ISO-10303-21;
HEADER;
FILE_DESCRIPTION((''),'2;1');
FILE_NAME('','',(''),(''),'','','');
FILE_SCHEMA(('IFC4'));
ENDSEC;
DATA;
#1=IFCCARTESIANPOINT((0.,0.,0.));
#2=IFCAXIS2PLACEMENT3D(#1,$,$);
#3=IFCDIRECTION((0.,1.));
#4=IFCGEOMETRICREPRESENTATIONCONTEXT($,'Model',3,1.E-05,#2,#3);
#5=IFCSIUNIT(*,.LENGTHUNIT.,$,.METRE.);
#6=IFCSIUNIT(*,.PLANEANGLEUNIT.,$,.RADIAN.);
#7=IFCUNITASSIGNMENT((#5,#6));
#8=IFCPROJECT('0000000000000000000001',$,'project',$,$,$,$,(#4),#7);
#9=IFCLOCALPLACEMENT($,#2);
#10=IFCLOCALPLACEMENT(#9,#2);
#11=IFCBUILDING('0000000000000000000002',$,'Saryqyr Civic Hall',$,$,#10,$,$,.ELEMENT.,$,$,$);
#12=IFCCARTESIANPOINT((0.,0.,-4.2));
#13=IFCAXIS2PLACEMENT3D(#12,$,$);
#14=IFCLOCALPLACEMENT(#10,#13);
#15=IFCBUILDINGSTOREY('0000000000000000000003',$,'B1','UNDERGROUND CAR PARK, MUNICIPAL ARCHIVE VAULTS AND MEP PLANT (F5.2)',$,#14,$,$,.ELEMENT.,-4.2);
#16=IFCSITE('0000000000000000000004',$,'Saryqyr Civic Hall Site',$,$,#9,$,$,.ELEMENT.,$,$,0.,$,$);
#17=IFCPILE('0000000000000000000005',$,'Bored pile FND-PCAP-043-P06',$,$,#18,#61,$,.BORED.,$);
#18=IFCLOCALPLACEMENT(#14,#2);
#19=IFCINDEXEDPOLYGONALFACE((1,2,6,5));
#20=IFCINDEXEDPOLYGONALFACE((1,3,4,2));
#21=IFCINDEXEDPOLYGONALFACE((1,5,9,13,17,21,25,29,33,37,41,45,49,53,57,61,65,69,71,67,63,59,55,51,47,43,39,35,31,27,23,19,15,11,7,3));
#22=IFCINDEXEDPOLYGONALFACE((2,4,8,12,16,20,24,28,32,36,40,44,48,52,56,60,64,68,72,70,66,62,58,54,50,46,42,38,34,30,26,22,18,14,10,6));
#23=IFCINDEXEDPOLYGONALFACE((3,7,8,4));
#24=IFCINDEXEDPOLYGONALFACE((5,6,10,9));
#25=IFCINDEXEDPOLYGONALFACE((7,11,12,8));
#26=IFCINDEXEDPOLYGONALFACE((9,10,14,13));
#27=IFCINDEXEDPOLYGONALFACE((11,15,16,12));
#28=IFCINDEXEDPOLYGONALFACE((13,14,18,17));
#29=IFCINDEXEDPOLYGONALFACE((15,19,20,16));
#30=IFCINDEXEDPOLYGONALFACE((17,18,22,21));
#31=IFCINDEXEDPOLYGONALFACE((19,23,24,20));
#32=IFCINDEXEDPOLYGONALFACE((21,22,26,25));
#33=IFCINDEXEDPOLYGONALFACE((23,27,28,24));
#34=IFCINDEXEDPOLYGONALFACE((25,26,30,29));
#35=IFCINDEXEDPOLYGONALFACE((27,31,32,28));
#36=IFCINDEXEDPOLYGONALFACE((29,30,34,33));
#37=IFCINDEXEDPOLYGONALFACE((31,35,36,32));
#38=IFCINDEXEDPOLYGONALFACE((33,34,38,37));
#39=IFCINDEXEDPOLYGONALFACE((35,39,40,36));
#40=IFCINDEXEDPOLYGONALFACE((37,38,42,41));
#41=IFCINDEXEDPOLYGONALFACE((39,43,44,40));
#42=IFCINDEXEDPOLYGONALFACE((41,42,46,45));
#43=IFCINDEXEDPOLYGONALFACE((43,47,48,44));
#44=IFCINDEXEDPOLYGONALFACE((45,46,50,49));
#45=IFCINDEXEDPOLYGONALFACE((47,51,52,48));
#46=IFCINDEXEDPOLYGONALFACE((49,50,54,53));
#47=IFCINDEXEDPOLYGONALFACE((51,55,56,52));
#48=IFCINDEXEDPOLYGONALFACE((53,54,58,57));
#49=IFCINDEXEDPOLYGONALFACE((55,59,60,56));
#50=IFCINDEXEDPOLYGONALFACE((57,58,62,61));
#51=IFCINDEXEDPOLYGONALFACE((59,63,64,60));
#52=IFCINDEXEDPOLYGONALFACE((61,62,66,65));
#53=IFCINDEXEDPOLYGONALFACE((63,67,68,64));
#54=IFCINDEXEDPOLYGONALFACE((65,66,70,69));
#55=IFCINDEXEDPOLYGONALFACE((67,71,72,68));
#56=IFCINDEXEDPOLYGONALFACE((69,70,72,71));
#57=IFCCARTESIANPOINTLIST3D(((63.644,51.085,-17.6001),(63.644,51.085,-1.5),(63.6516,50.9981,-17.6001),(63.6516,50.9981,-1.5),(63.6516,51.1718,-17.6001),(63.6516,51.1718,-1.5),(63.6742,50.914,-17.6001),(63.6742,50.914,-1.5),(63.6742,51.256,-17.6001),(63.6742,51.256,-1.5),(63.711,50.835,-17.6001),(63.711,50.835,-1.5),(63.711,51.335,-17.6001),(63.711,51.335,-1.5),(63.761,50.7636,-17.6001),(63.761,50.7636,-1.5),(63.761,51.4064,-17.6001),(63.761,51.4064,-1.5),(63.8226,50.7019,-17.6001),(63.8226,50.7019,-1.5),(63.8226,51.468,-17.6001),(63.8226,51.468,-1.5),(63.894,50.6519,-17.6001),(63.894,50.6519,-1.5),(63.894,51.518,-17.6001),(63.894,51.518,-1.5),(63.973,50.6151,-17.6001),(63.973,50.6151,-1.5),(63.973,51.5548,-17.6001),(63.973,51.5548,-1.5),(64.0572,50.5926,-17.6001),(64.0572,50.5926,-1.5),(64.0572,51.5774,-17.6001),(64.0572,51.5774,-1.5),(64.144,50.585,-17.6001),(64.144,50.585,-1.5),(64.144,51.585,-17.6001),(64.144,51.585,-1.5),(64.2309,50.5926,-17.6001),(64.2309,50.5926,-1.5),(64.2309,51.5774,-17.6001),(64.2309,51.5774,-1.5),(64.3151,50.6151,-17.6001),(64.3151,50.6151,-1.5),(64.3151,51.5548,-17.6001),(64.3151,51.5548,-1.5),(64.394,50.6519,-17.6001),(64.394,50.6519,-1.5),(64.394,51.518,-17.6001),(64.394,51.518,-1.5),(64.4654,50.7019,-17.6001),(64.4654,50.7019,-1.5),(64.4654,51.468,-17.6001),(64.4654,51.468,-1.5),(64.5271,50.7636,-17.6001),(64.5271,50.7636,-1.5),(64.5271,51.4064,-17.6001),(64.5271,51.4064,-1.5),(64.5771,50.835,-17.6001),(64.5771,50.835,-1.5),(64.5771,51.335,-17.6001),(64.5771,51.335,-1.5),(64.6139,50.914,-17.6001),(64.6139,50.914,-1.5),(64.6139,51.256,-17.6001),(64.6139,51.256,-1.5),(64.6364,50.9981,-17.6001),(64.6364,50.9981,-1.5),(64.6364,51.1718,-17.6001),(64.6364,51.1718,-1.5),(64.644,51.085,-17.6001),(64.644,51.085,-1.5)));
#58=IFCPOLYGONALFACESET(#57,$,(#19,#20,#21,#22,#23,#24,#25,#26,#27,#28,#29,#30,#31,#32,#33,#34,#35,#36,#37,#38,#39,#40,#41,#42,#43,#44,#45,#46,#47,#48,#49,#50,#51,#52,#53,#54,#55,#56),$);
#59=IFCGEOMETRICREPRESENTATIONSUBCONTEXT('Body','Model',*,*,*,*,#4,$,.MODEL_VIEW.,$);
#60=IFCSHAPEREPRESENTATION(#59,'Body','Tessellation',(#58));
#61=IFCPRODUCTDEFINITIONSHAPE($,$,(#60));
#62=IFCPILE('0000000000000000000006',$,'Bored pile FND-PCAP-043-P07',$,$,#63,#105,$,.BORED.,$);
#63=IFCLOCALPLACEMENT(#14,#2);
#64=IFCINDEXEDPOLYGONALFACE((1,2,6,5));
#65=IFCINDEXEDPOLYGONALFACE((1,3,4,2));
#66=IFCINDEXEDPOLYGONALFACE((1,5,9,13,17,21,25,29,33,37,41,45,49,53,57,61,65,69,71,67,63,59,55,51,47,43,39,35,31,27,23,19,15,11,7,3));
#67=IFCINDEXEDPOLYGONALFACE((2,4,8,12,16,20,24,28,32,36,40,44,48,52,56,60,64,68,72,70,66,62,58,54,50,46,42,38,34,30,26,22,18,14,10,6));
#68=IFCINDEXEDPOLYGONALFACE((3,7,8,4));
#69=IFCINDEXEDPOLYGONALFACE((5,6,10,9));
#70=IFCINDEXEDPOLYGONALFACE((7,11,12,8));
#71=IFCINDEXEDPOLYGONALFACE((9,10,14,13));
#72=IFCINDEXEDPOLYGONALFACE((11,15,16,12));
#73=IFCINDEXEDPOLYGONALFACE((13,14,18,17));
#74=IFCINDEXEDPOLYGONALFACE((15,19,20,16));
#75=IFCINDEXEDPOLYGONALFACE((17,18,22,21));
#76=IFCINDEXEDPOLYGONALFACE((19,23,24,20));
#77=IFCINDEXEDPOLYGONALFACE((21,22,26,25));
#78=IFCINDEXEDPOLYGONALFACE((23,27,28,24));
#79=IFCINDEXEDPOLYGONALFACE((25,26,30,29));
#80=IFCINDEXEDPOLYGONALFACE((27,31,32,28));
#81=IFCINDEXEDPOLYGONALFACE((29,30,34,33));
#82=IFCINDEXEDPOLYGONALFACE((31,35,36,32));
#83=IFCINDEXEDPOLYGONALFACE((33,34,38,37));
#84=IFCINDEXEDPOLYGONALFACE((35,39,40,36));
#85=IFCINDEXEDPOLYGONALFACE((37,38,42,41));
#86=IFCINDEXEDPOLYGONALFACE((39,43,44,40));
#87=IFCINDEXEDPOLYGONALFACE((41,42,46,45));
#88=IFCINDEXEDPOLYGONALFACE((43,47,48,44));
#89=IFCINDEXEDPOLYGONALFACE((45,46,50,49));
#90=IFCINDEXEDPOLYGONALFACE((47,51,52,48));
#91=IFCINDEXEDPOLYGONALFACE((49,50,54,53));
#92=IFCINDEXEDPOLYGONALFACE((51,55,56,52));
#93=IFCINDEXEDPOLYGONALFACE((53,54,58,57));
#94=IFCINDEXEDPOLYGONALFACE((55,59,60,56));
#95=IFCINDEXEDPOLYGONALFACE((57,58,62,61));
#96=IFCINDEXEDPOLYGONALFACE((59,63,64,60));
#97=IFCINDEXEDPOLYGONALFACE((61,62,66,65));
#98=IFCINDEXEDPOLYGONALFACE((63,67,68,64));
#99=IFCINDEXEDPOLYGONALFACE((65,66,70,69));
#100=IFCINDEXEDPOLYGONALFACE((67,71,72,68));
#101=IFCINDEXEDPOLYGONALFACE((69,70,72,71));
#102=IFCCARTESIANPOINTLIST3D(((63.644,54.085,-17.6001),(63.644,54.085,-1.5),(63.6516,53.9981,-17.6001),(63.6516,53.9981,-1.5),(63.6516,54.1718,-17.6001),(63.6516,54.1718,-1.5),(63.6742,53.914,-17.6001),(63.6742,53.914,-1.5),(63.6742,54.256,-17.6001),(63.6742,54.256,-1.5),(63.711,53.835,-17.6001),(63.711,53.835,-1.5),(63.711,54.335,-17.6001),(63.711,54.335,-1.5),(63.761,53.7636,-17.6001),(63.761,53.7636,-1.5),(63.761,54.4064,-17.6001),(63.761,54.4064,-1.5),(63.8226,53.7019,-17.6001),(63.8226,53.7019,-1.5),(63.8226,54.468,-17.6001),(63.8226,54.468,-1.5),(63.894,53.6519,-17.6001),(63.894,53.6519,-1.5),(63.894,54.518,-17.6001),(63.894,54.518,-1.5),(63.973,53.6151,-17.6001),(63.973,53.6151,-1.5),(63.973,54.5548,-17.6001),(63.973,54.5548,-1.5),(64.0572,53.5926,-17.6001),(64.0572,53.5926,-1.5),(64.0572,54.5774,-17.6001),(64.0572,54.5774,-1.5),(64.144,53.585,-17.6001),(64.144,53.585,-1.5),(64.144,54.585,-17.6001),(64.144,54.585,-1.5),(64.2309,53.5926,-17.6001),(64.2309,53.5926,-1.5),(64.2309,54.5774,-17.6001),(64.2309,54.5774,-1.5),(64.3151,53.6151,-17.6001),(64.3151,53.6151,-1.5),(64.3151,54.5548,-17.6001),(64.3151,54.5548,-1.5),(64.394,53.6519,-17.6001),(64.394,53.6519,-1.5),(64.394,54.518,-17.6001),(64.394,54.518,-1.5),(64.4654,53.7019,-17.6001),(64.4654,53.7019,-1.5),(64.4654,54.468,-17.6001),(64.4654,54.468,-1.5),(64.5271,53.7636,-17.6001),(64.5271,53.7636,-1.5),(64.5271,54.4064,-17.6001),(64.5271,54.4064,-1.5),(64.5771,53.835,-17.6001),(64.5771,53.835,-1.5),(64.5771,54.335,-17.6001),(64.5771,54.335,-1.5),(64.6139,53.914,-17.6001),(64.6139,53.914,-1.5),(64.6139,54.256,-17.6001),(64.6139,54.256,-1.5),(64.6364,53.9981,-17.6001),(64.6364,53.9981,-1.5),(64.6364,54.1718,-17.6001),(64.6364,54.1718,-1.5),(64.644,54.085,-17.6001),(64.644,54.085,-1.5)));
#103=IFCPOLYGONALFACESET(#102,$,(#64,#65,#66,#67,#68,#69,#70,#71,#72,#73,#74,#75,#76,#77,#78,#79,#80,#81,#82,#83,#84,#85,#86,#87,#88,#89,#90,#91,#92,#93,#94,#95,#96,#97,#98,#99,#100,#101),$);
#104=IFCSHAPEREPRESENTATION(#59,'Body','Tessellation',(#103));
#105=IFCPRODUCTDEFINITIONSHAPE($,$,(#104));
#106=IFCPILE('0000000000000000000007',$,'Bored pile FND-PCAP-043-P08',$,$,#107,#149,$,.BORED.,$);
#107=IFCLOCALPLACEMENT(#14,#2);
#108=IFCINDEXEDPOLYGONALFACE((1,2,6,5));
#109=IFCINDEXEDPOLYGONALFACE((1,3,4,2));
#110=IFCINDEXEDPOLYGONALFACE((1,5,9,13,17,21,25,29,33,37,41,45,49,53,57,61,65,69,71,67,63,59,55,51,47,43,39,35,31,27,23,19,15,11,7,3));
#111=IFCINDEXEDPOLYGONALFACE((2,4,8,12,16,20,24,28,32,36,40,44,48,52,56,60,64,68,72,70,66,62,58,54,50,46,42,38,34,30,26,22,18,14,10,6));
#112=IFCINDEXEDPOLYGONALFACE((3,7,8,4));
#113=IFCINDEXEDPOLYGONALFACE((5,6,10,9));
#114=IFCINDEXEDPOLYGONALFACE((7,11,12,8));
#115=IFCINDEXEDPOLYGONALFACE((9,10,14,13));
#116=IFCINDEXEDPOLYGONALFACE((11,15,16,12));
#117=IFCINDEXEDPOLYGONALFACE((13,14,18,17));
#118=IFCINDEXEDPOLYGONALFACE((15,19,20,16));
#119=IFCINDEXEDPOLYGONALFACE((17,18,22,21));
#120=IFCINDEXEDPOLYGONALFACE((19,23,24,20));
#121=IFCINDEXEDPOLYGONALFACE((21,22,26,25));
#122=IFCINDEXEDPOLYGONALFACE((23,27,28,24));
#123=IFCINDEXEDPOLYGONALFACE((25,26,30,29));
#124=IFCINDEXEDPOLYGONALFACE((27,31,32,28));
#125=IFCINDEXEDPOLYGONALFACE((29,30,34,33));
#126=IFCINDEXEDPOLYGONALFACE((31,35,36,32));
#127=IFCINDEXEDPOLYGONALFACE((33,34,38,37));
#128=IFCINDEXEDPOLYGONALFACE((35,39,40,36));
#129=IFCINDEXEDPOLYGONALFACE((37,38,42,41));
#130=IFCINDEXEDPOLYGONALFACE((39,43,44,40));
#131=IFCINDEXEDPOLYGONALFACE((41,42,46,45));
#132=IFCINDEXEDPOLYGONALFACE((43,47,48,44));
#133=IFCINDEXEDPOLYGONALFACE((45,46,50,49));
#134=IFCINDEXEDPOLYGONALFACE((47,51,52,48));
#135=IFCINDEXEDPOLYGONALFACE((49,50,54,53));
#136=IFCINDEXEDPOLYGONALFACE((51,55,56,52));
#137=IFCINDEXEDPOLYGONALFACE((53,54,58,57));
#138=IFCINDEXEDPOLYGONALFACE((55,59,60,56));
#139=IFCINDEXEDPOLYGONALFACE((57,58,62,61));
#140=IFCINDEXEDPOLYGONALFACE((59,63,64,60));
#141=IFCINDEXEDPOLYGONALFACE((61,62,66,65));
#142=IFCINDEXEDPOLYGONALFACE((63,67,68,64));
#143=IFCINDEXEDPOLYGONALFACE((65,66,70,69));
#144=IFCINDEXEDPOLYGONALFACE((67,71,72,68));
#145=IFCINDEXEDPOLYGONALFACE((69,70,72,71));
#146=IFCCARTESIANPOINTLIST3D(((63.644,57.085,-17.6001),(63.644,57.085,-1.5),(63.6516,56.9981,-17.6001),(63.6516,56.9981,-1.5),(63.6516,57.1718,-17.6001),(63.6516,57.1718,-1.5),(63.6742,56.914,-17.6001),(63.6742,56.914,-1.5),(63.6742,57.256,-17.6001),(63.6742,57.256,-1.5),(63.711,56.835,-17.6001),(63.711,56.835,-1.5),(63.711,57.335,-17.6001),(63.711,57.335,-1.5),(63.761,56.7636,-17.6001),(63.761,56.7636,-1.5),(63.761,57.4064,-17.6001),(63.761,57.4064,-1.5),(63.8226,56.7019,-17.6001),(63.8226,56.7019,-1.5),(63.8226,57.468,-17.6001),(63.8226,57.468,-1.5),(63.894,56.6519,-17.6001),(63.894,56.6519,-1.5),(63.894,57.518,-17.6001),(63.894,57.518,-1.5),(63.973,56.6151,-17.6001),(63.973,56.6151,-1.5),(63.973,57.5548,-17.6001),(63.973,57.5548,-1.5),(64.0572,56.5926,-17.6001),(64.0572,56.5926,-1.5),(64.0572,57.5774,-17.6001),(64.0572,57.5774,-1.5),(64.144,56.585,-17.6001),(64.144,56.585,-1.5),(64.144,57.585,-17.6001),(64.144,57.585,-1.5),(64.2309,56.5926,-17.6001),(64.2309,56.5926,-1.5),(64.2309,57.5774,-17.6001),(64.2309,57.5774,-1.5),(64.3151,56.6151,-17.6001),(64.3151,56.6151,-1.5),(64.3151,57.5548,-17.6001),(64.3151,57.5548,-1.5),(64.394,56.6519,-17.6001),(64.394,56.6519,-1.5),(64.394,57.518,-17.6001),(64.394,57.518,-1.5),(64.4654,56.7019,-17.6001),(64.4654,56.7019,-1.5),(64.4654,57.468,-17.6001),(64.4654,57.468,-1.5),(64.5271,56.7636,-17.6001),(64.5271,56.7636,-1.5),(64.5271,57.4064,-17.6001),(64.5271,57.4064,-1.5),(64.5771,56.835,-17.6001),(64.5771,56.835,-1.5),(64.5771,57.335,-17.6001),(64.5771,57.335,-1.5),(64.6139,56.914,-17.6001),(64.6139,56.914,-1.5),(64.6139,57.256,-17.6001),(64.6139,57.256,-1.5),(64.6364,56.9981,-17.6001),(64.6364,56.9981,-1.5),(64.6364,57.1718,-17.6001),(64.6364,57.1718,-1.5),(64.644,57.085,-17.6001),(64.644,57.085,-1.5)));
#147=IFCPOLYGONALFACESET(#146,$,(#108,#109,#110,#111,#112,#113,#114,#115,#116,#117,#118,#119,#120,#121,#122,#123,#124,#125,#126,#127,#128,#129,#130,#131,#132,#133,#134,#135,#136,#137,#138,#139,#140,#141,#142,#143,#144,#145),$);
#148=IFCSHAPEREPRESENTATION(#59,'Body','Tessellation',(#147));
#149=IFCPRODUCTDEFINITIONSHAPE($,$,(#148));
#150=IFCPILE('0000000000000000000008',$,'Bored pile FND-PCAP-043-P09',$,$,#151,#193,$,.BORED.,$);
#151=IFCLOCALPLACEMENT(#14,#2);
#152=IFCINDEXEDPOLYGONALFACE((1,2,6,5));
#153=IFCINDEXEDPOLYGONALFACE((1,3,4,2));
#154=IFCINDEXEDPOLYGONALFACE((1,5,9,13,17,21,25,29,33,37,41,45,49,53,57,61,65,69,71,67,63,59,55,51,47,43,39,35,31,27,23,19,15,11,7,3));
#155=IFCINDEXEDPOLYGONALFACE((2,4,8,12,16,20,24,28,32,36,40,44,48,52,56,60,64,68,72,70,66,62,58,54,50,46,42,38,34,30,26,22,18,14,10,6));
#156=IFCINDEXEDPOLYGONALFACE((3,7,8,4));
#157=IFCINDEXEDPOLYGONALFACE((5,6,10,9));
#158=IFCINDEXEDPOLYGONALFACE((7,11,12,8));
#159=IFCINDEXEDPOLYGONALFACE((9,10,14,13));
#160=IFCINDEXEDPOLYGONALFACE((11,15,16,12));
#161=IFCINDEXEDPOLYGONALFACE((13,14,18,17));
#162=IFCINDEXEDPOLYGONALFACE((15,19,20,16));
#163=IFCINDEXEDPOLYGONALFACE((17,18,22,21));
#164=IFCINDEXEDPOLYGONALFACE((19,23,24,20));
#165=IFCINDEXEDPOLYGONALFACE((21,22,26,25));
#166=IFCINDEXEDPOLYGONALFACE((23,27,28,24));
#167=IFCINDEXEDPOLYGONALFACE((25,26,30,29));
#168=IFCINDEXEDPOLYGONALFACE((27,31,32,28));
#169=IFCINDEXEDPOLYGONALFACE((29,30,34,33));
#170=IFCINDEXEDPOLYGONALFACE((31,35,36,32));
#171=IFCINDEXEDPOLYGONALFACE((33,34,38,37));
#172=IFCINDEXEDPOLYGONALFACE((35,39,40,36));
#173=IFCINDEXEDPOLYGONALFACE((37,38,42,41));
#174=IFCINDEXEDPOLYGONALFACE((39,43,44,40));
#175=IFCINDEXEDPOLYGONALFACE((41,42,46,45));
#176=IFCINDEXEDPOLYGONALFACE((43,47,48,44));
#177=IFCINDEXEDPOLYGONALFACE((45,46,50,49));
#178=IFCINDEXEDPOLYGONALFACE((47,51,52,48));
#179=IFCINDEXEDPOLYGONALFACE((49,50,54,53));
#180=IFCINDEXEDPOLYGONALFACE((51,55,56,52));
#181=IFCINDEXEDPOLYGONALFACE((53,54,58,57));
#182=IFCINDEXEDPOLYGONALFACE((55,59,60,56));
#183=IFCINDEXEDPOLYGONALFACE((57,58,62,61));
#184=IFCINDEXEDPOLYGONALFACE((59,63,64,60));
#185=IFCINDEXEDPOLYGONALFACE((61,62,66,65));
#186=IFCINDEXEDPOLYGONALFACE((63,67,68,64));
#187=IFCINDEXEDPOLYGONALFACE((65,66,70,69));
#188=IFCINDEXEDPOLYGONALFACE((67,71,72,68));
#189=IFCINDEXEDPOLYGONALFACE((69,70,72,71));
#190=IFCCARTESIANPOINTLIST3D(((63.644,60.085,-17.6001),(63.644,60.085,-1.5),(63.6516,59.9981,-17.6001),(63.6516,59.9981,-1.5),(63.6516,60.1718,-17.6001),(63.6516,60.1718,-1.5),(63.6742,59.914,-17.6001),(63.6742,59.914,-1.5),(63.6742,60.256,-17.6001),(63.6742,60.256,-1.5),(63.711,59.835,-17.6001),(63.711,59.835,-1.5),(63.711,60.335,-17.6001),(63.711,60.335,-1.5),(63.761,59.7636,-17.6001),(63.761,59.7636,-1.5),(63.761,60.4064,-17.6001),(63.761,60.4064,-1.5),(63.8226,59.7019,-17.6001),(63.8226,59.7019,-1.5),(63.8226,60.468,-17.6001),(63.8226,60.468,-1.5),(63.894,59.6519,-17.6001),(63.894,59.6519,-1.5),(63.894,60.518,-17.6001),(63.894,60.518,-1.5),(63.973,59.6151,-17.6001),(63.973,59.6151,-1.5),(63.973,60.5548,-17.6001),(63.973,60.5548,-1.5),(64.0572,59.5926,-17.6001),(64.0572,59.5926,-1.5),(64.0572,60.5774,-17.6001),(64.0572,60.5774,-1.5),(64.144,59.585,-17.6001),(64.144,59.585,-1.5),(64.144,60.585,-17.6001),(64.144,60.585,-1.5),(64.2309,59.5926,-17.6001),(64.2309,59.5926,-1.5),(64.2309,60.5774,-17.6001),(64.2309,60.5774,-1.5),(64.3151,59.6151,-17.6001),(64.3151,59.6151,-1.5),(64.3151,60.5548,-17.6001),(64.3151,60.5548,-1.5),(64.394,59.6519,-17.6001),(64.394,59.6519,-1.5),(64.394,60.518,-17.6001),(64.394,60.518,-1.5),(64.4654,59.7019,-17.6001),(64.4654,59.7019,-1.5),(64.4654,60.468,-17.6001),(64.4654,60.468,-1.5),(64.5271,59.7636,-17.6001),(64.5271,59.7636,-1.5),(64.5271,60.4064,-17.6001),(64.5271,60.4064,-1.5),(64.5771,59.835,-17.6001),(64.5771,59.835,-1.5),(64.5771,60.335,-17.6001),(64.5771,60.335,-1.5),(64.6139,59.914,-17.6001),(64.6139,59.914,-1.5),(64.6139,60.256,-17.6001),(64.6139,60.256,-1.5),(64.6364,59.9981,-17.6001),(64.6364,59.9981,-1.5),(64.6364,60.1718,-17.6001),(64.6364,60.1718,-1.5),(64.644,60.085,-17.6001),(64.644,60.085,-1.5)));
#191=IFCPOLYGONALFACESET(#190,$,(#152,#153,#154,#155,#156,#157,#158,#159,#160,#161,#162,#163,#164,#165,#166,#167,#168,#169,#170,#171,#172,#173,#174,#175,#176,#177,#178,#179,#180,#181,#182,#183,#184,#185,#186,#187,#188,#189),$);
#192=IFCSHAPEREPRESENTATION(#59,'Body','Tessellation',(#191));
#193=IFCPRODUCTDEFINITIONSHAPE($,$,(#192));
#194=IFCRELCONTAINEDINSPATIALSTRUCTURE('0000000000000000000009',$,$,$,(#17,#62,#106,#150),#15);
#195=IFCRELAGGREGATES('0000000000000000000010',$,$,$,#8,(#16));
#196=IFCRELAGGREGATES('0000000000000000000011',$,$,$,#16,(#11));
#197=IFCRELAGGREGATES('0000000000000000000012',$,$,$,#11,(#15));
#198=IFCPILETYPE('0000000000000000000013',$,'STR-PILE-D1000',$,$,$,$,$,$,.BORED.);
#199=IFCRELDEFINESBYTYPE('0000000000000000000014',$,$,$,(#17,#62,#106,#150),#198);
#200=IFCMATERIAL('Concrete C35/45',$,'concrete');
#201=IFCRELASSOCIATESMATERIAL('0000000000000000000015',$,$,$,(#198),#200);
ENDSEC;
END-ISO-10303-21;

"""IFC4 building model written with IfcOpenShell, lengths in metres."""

from ifc_helpers import new_model, si_unit, direction, frame, origin, origin_2d, place, context, subcontext, project, spatial, circle, extrude, material, material_profile, profile_set, type_object, element, save


model = new_model("IFC4")

# Units and contexts
model_context = context("Model", 3, precision=1e-05, world=origin(), true_north=direction((0.0, 1.0)))
body_context = subcontext(model_context, "Body", "Model", "MODEL_VIEW")
ifc_project = project(units=[si_unit("LENGTHUNIT", "METRE"), si_unit("PLANEANGLEUNIT", "RADIAN")], contexts=[model_context])

# Site, building, storey
site_placement = place(None, origin())
site = spatial("IfcSite", under=ifc_project, at=site_placement, Name="Saryqyr Civic Hall Site", CompositionType="ELEMENT", RefElevation=0.0)
building_placement = place(site_placement, origin())
building = spatial("IfcBuilding", under=site, at=building_placement, Name="Saryqyr Civic Hall", CompositionType="ELEMENT")
storey_placement = place(building_placement, frame((0.0, 0.0, -4.2)))
storey = spatial("IfcBuildingStorey", under=building, at=storey_placement, Name="B1", Description="UNDERGROUND CAR PARK, MUNICIPAL ARCHIVE VAULTS AND MEP PLANT (F5.2)", CompositionType="ELEMENT", Elevation=-4.2)

# Piles
ifc_material_1 = material(Name="Concrete C35/45", Category="concrete")
ifc_material_profile_1 = material_profile(ifc_material_1, circle(Radius=0.5, at=origin_2d()), Name="BORED PILE D1000")
ifc_profile_set_1 = profile_set([ifc_material_profile_1], Name="Concrete C35/45")
pile_type = type_object("IfcPileType", Name="STR-PILE-D1000", PredefinedType="BORED", material=ifc_profile_set_1)
for number, where, z_axis, x_axis, name in (
    (1, (64.144, 51.085, -1.5), (0.0, 0.0, -1.0), (1.0, 0.0, 0.0), "Bored pile FND-PCAP-043-P06"),
    (2, (64.144, 54.085, -1.5), (0.0, 0.0, -1.0), (1.0, 0.0, 0.0), "Bored pile FND-PCAP-043-P07"),
    (3, (64.144, 57.085, -1.5), (0.0, 0.0, -1.0), (1.0, 0.0, 0.0), "Bored pile FND-PCAP-043-P08"),
    (4, (64.144, 60.085, -1.5), (0.0, 0.0, -1.0), (1.0, 0.0, 0.0), "Bored pile FND-PCAP-043-P09"),
):
    element("IfcPile", number, at=place(storey_placement, frame(where, z_axis=z_axis, x_axis=x_axis)), inside=storey, type_object=pile_type, Name=name, PredefinedType="BORED", context=body_context, shape_type="SweptSolid", body=[
        extrude(circle(Radius=0.5, at=origin_2d()), origin(), (0.0, 0.0, 1.0), 16.1001),
    ])

save(model, "model.ifc")
